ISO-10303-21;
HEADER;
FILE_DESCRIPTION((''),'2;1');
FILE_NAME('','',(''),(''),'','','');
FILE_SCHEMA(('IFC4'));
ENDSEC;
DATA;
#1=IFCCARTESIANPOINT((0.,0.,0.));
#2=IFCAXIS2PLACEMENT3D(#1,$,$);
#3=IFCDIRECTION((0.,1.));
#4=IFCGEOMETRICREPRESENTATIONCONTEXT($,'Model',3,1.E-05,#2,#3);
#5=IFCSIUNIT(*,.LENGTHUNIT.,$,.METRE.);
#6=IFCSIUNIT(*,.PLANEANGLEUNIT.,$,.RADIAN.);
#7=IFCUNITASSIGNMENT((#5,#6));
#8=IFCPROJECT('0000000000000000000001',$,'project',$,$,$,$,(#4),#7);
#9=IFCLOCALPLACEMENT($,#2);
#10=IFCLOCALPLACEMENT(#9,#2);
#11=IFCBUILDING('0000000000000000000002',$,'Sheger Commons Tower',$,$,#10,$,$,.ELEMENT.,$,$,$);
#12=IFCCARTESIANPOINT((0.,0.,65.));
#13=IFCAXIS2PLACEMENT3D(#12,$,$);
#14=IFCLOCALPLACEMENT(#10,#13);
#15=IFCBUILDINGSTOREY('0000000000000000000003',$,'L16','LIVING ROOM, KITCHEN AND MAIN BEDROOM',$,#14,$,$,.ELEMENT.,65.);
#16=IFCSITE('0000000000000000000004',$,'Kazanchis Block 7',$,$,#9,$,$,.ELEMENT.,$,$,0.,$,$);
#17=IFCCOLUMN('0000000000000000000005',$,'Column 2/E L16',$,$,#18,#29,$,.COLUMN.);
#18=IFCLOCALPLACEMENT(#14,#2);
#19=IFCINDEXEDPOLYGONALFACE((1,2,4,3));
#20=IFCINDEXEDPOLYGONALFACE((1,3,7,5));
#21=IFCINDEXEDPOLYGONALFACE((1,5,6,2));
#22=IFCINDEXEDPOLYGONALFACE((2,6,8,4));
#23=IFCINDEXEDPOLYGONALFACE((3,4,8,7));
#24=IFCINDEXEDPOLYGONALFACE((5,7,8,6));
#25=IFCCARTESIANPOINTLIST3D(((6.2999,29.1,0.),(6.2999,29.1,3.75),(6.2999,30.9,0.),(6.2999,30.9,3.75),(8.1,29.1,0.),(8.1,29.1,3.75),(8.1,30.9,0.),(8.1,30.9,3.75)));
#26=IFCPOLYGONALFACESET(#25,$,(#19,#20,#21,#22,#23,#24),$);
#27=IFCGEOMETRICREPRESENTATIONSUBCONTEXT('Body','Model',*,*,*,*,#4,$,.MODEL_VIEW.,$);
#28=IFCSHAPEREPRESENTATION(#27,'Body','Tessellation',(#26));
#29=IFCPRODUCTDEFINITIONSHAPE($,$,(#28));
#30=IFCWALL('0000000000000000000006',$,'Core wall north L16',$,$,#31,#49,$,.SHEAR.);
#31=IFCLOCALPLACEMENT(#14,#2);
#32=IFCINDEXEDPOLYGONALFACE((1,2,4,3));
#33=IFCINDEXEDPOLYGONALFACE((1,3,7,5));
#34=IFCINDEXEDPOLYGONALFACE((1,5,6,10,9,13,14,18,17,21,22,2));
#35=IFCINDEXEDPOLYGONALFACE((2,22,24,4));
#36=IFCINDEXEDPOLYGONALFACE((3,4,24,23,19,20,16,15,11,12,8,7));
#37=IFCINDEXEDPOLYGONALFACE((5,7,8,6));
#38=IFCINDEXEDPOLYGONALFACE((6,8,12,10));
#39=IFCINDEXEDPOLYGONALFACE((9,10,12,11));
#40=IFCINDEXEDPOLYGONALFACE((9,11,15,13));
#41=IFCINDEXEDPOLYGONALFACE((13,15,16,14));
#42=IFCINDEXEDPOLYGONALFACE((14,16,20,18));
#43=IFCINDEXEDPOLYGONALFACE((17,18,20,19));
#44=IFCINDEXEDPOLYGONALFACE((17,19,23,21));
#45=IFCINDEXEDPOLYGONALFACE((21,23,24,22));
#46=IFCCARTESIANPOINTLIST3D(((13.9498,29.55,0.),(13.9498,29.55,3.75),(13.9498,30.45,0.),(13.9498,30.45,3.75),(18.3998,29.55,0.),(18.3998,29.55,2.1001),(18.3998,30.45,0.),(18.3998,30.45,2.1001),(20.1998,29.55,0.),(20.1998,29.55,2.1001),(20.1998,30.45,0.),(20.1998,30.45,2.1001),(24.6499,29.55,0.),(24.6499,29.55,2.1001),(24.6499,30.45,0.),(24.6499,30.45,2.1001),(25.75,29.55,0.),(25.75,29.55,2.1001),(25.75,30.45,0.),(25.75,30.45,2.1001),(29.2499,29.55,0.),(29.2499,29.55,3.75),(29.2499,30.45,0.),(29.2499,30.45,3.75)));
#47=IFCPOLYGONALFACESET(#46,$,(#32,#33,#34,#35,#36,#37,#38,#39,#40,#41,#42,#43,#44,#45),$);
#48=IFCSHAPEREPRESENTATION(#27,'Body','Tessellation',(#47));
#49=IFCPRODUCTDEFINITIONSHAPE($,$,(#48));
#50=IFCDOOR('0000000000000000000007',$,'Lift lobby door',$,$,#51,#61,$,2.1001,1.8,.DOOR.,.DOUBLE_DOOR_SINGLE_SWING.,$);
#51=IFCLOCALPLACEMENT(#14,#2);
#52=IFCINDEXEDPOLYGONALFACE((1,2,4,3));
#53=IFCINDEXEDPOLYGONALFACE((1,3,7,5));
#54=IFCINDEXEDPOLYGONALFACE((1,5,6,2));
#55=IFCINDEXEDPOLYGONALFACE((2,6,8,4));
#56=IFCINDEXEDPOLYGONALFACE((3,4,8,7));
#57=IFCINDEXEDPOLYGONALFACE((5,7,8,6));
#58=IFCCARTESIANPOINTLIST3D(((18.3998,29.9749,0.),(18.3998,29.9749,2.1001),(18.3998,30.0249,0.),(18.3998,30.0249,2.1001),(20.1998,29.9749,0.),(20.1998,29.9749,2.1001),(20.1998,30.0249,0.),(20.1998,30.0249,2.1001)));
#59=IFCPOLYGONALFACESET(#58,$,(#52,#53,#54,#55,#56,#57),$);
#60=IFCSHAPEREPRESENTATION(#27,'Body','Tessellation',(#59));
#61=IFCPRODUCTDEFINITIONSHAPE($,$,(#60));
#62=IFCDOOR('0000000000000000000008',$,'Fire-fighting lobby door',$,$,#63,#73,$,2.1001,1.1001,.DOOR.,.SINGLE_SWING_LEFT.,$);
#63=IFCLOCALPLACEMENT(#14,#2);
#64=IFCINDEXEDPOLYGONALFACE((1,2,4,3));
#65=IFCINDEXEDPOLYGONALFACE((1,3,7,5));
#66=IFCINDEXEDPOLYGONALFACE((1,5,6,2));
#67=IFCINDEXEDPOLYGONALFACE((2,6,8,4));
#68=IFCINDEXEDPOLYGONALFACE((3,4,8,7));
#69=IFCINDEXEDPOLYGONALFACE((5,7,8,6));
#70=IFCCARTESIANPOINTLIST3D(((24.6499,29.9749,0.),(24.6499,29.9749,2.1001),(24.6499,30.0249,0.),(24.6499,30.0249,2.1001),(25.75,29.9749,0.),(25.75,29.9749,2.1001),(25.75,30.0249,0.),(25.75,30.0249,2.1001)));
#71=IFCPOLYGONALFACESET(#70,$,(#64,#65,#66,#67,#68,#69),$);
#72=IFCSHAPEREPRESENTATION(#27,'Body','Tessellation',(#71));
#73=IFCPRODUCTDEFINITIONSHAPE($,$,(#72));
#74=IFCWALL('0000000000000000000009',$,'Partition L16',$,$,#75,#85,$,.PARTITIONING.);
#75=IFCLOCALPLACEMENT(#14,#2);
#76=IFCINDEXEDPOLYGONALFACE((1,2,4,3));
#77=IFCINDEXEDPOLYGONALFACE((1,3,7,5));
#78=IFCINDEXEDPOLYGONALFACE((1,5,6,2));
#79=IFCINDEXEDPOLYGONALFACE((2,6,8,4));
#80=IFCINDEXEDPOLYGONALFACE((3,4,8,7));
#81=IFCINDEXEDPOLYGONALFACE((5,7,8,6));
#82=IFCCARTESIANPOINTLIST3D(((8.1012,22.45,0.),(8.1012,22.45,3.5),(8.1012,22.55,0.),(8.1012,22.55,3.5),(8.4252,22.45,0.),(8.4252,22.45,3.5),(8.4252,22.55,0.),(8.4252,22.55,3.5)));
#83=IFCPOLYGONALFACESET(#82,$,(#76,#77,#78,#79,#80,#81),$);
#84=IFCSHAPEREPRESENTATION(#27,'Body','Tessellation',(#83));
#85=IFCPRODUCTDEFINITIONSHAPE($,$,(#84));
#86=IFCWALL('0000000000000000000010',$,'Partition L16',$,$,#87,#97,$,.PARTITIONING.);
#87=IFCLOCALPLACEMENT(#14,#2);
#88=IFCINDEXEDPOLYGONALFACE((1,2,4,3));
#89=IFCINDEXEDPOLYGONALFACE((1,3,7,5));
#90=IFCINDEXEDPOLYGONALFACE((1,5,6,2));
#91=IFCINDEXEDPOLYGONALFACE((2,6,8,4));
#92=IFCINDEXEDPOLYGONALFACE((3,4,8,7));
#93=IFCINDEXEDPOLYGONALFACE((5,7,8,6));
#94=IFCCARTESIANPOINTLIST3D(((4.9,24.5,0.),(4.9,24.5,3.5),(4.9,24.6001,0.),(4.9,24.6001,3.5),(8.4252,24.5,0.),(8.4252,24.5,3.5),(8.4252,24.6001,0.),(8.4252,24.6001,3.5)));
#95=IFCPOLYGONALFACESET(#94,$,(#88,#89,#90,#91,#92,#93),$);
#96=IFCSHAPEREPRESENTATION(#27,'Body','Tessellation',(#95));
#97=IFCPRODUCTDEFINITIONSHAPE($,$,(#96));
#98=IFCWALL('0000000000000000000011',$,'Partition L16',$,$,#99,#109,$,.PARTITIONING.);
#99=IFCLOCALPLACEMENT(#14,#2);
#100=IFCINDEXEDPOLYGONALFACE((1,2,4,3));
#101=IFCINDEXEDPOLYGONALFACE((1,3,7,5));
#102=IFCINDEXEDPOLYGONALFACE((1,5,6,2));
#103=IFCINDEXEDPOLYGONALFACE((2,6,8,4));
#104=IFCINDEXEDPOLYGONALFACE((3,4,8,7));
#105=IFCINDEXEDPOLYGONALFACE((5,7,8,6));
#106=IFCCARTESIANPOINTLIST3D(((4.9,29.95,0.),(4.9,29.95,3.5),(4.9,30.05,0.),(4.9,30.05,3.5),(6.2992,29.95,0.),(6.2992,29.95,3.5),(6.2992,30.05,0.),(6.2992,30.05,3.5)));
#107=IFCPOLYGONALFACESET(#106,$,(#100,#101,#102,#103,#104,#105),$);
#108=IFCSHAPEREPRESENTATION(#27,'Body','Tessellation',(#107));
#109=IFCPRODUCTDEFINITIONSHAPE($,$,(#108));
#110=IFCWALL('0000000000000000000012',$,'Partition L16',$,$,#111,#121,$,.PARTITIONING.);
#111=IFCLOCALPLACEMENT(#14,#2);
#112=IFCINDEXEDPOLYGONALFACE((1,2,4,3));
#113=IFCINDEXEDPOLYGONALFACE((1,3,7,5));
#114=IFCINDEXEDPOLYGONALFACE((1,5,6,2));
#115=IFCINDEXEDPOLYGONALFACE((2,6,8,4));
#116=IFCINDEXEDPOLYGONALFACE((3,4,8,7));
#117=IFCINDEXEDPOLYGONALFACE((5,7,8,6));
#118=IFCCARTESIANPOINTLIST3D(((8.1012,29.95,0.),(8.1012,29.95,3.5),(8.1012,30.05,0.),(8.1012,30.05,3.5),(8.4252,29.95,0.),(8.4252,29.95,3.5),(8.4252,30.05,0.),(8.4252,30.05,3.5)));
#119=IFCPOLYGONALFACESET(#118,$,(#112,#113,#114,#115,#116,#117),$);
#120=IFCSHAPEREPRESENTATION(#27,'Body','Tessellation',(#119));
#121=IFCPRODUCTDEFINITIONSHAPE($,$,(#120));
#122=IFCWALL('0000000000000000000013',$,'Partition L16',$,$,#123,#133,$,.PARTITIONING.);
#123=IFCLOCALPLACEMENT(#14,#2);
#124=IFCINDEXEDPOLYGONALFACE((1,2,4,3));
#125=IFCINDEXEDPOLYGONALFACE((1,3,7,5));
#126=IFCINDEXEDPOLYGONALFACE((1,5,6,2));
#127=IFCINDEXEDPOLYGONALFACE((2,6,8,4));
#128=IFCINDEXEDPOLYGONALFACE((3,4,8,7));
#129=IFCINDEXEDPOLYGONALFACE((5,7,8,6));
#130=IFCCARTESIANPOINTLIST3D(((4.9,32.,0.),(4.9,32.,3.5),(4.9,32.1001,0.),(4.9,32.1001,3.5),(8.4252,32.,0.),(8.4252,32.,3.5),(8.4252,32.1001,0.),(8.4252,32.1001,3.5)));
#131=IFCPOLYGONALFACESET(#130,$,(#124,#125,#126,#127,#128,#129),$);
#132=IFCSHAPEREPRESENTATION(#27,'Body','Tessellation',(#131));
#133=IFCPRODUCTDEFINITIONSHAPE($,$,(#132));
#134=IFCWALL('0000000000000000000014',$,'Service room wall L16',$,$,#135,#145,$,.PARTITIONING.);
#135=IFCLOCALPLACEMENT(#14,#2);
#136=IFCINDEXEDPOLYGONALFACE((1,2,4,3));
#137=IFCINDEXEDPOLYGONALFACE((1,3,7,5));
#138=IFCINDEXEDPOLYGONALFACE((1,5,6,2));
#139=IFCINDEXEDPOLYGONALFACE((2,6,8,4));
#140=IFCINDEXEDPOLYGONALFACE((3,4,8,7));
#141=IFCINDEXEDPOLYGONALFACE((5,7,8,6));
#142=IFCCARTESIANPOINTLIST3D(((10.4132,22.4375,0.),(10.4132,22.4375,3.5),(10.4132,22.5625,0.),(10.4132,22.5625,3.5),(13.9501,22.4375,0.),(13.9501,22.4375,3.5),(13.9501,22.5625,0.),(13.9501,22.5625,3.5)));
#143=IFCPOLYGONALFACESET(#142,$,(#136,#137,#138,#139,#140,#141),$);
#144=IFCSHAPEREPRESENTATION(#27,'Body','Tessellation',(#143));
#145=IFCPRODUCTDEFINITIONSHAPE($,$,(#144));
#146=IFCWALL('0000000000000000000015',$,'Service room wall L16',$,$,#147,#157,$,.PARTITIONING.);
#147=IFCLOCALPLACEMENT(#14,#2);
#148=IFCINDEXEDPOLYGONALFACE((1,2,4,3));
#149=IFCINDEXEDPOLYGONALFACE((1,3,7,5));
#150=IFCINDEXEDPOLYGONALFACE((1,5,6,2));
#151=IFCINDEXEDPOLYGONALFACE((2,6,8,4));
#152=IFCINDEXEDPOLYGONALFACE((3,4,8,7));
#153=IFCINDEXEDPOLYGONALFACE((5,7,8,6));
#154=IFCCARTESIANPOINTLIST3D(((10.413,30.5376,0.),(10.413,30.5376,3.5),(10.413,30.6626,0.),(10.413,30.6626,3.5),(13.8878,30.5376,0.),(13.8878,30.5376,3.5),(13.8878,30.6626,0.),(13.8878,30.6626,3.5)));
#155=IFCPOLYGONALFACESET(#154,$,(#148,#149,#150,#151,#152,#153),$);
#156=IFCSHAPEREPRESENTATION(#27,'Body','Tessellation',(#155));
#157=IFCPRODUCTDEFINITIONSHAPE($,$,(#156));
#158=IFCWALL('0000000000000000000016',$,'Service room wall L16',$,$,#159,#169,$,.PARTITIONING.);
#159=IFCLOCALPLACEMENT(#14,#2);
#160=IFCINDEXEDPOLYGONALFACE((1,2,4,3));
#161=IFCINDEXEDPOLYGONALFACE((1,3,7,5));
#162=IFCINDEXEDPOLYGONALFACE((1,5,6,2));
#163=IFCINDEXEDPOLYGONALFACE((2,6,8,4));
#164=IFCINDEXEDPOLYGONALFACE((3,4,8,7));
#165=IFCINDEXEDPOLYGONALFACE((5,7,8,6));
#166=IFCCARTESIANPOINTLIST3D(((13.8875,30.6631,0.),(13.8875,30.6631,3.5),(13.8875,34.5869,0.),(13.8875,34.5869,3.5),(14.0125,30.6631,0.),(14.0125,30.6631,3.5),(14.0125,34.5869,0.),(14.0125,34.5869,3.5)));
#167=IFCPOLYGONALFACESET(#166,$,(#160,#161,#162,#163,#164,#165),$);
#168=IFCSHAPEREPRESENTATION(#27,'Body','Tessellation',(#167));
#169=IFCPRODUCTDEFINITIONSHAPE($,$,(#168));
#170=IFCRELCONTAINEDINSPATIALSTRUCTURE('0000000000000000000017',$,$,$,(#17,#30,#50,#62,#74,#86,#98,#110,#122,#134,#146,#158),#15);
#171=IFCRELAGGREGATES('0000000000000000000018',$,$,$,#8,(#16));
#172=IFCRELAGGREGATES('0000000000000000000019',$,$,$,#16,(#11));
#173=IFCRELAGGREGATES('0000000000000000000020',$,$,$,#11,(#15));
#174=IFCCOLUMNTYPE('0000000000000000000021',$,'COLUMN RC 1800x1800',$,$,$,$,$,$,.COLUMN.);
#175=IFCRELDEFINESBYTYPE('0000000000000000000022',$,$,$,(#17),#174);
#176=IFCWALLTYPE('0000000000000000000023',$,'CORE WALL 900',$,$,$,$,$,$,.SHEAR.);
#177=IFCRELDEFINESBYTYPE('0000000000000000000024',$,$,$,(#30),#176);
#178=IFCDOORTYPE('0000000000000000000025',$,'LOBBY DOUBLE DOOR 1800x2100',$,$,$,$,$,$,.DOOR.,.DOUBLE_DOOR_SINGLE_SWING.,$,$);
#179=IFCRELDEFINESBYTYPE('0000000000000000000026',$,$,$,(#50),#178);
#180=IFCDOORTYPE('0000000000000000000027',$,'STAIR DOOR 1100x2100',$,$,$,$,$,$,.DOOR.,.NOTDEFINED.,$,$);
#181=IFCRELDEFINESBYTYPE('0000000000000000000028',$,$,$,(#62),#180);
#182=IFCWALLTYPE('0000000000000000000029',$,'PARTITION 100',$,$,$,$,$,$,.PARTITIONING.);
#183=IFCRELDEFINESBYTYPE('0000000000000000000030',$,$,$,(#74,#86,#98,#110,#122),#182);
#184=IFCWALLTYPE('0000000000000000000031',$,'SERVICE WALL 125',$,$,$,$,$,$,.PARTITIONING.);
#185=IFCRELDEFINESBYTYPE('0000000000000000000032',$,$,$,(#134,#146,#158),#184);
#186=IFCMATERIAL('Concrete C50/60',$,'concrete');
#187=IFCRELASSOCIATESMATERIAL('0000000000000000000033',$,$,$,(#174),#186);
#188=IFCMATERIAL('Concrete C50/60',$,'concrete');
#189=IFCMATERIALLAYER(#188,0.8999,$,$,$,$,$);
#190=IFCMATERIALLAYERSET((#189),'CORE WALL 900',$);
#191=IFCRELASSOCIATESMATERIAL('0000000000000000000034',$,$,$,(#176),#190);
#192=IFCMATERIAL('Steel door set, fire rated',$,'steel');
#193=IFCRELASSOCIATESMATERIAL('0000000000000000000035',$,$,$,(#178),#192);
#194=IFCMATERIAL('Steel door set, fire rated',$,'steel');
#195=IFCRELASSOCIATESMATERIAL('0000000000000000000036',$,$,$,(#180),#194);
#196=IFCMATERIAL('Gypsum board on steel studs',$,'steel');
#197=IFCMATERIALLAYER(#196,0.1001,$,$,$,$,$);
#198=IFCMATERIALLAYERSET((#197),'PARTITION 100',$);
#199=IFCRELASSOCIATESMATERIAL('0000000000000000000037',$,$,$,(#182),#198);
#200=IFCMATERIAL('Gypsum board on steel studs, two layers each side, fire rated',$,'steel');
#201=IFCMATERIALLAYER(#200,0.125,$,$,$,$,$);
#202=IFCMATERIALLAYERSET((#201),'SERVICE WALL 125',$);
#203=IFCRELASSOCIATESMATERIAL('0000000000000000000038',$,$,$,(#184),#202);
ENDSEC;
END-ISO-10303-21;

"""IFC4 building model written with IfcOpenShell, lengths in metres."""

from ifc_helpers import new_model, si_unit, direction, frame, frame_2d, origin, origin_2d, place, context, subcontext, project, spatial, rectangle, extrude, material, layer, layer_set, material_profile, profile_set, type_object, element, fill, save


model = new_model("IFC4")

# Units and contexts
model_context = context("Model", 3, precision=1e-05, world=origin(), true_north=direction((0.0, 1.0)))
body_context = subcontext(model_context, "Body", "Model", "MODEL_VIEW")
ifc_project = project(units=[si_unit("LENGTHUNIT", "METRE"), si_unit("PLANEANGLEUNIT", "RADIAN")], contexts=[model_context])

# Site, building, storey
site_placement = place(None, origin())
site = spatial("IfcSite", under=ifc_project, at=site_placement, Name="Kazanchis Block 7", CompositionType="ELEMENT", RefElevation=0.0)
building_placement = place(site_placement, origin())
building = spatial("IfcBuilding", under=site, at=building_placement, Name="Sheger Commons Tower", CompositionType="ELEMENT")
storey_placement = place(building_placement, frame((0.0, 0.0, 65.0)))
storey = spatial("IfcBuildingStorey", under=building, at=storey_placement, Name="L16", Description="LIVING ROOM, KITCHEN AND MAIN BEDROOM", CompositionType="ELEMENT", Elevation=65.0)

# Column
ifc_material_1 = material(Name="Concrete C50/60", Category="concrete")
ifc_material_profile = material_profile(ifc_material_1, rectangle(XDim=1.8, YDim=1.8, at=origin_2d()), Name="RC 1800x1800")
ifc_profile_set = profile_set([ifc_material_profile], Name="Concrete C50/60")
column_type = type_object("IfcColumnType", Name="COLUMN RC 1800x1800", PredefinedType="COLUMN", material=ifc_profile_set)
column_placement = place(storey_placement, frame((7.2, 30.0, 0.0), z_axis=(0.0, 0.0, 1.0), x_axis=(1.0, 0.0, 0.0)))
element("IfcColumn", 1, at=column_placement, inside=storey, type_object=column_type, Name="Column 2/E L16", PredefinedType="COLUMN", context=body_context, shape_type="SweptSolid", body=[
    extrude(rectangle(XDim=1.8, YDim=1.8, at=origin_2d()), origin(), (0.0, 0.0, 1.0), 3.75),
])

# Wall, openings, doors
ifc_material_2 = material(Name="Concrete C50/60", Category="concrete")
ifc_layer_1 = layer(ifc_material_2, 0.8999)
ifc_layer_set_1 = layer_set([ifc_layer_1], Name="CORE WALL 900")
wall_type_1 = type_object("IfcWallType", Name="CORE WALL 900", PredefinedType="SHEAR", material=ifc_layer_set_1)
wall_1_placement = place(storey_placement, frame((13.95, 30.0, 0.0), z_axis=(0.0, 0.0, 1.0), x_axis=(1.0, 0.0, 0.0)))
wall_1 = element("IfcWall", 2, at=wall_1_placement, inside=storey, type_object=wall_type_1, Name="Core wall north L16", PredefinedType="SHEAR", context=body_context, shape_type="SweptSolid", body=[
    extrude(rectangle(XDim=15.3, YDim=0.8999, at=frame_2d((7.6499, 0.0))), origin(), (0.0, 0.0, 1.0), 3.75),
])
opening_1_placement = place(wall_1_placement, frame((4.45, 0.0, 0.0)))
opening_1 = element("IfcOpeningElement", 3, at=opening_1_placement, cuts=wall_1, PredefinedType="OPENING", context=body_context, shape_type="SweptSolid", body=[
    extrude(rectangle(XDim=1.8, YDim=2.1001, at=frame_2d((0.8999, 1.05))), frame((0.0, 0.46, 0.0), z_axis=(0.0, -1.0, 0.0), x_axis=(1.0, 0.0, 0.0)), (0.0, 0.0, 1.0), 0.9199),
])
opening_2_placement = place(wall_1_placement, frame((10.7, 0.0, 0.0)))
opening_2 = element("IfcOpeningElement", 4, at=opening_2_placement, cuts=wall_1, PredefinedType="OPENING", context=body_context, shape_type="SweptSolid", body=[
    extrude(rectangle(XDim=1.1001, YDim=2.1001, at=frame_2d((0.55, 1.05))), frame((0.0, 0.46, 0.0), z_axis=(0.0, -1.0, 0.0), x_axis=(1.0, 0.0, 0.0)), (0.0, 0.0, 1.0), 0.9199),
])
ifc_material_3 = material(Name="Steel door set, fire rated", Category="steel")
door_type_1 = type_object("IfcDoorType", Name="LOBBY DOUBLE DOOR 1800x2100", OperationType="DOUBLE_DOOR_SINGLE_SWING", PredefinedType="DOOR", material=ifc_material_3)
door_1_placement = place(opening_1_placement, origin())
door_1 = element("IfcDoor", 5, at=door_1_placement, inside=storey, type_object=door_type_1, Name="Lift lobby door", OperationType="DOUBLE_DOOR_SINGLE_SWING", OverallHeight=2.1001, OverallWidth=1.8, PredefinedType="DOOR", context=body_context, shape_type="SweptSolid", body=[
    extrude(rectangle(XDim=1.8, YDim=2.1001, at=frame_2d((0.8999, 1.05))), frame((0.0, 0.0249, 0.0), z_axis=(0.0, -1.0, 0.0), x_axis=(1.0, 0.0, 0.0)), (0.0, 0.0, 1.0), 0.05),
])
fill(opening_1, door_1)
ifc_material_4 = material(Name="Steel door set, fire rated", Category="steel")
door_type_2 = type_object("IfcDoorType", Name="STAIR DOOR 1100x2100", OperationType="NOTDEFINED", PredefinedType="DOOR", material=ifc_material_4)
door_2_placement = place(opening_2_placement, origin())
door_2 = element("IfcDoor", 6, at=door_2_placement, inside=storey, type_object=door_type_2, Name="Fire-fighting lobby door", OperationType="SINGLE_SWING_LEFT", OverallHeight=2.1001, OverallWidth=1.1001, PredefinedType="DOOR", context=body_context, shape_type="SweptSolid", body=[
    extrude(rectangle(XDim=1.1001, YDim=2.1001, at=frame_2d((0.55, 1.05))), frame((0.0, 0.0249, 0.0), z_axis=(0.0, -1.0, 0.0), x_axis=(1.0, 0.0, 0.0)), (0.0, 0.0, 1.0), 0.05),
])
fill(opening_2, door_2)

# Walls
ifc_material_5 = material(Name="Gypsum board on steel studs", Category="steel")
ifc_layer_2 = layer(ifc_material_5, 0.1001)
ifc_layer_set_2 = layer_set([ifc_layer_2], Name="PARTITION 100")
wall_type_2 = type_object("IfcWallType", Name="PARTITION 100", PredefinedType="PARTITIONING", material=ifc_layer_set_2)
wall_2_placement = place(storey_placement, frame((8.1011, 22.5, 0.0), z_axis=(0.0, 0.0, 1.0), x_axis=(1.0, 0.0, 0.0)))
element("IfcWall", 7, at=wall_2_placement, inside=storey, type_object=wall_type_2, Name="Partition L16", PredefinedType="PARTITIONING", context=body_context, shape_type="SweptSolid", body=[
    extrude(rectangle(XDim=0.324, YDim=0.1001, at=frame_2d((0.1621, 0.0))), origin(), (0.0, 0.0, 1.0), 3.5),
])
wall_3_placement = place(storey_placement, frame((4.8999, 24.55, 0.0), z_axis=(0.0, 0.0, 1.0), x_axis=(1.0, 0.0, 0.0)))
element("IfcWall", 8, at=wall_3_placement, inside=storey, type_object=wall_type_2, Name="Partition L16", PredefinedType="PARTITIONING", context=body_context, shape_type="SweptSolid", body=[
    extrude(rectangle(XDim=3.5251, YDim=0.1001, at=frame_2d((1.7627, 0.0))), origin(), (0.0, 0.0, 1.0), 3.5),
])
wall_4_placement = place(storey_placement, frame((4.8999, 30.0, 0.0), z_axis=(0.0, 0.0, 1.0), x_axis=(1.0, 0.0, 0.0)))
element("IfcWall", 9, at=wall_4_placement, inside=storey, type_object=wall_type_2, Name="Partition L16", PredefinedType="PARTITIONING", context=body_context, shape_type="SweptSolid", body=[
    extrude(rectangle(XDim=1.3992, YDim=0.1001, at=frame_2d((0.6997, 0.0))), origin(), (0.0, 0.0, 1.0), 3.5),
])
wall_5_placement = place(storey_placement, frame((8.1011, 30.0, 0.0), z_axis=(0.0, 0.0, 1.0), x_axis=(1.0, 0.0, 0.0)))
element("IfcWall", 10, at=wall_5_placement, inside=storey, type_object=wall_type_2, Name="Partition L16", PredefinedType="PARTITIONING", context=body_context, shape_type="SweptSolid", body=[
    extrude(rectangle(XDim=0.324, YDim=0.1001, at=frame_2d((0.1621, 0.0))), origin(), (0.0, 0.0, 1.0), 3.5),
])
wall_6_placement = place(storey_placement, frame((4.8999, 32.05, 0.0), z_axis=(0.0, 0.0, 1.0), x_axis=(1.0, 0.0, 0.0)))
element("IfcWall", 11, at=wall_6_placement, inside=storey, type_object=wall_type_2, Name="Partition L16", PredefinedType="PARTITIONING", context=body_context, shape_type="SweptSolid", body=[
    extrude(rectangle(XDim=3.5251, YDim=0.1001, at=frame_2d((1.7627, 0.0))), origin(), (0.0, 0.0, 1.0), 3.5),
])
ifc_material_6 = material(Name="Gypsum board on steel studs, two layers each side, fire rated", Category="steel")
ifc_layer_3 = layer(ifc_material_6, 0.125)
ifc_layer_set_3 = layer_set([ifc_layer_3], Name="SERVICE WALL 125")
wall_type_3 = type_object("IfcWallType", Name="SERVICE WALL 125", PredefinedType="PARTITIONING", material=ifc_layer_set_3)
wall_7_placement = place(storey_placement, frame((10.4131, 22.5, 0.0), z_axis=(0.0, 0.0, 1.0), x_axis=(1.0, 0.0, 0.0)))
element("IfcWall", 12, at=wall_7_placement, inside=storey, type_object=wall_type_3, Name="Service room wall L16", PredefinedType="PARTITIONING", context=body_context, shape_type="SweptSolid", body=[
    extrude(rectangle(XDim=3.5369, YDim=0.125, at=frame_2d((1.7686, 0.0))), origin(), (0.0, 0.0, 1.0), 3.5),
])
wall_8_placement = place(storey_placement, frame((10.4131, 30.6001, 0.0), z_axis=(0.0, 0.0, 1.0), x_axis=(1.0, 0.0, 0.0)))
element("IfcWall", 13, at=wall_8_placement, inside=storey, type_object=wall_type_3, Name="Service room wall L16", PredefinedType="PARTITIONING", context=body_context, shape_type="SweptSolid", body=[
    extrude(rectangle(XDim=3.4749, YDim=0.125, at=frame_2d((1.7373, 0.0))), origin(), (0.0, 0.0, 1.0), 3.5),
])
wall_9_placement = place(storey_placement, frame((13.95, 30.6631, 0.0), z_axis=(0.0, 0.0, 1.0), x_axis=(0.0, 1.0, 0.0)))
element("IfcWall", 14, at=wall_9_placement, inside=storey, type_object=wall_type_3, Name="Service room wall L16", PredefinedType="PARTITIONING", context=body_context, shape_type="SweptSolid", body=[
    extrude(rectangle(XDim=3.9238, YDim=0.125, at=frame_2d((1.9619, 0.0))), origin(), (0.0, 0.0, 1.0), 3.5),
])

save(model, "model.ifc")
